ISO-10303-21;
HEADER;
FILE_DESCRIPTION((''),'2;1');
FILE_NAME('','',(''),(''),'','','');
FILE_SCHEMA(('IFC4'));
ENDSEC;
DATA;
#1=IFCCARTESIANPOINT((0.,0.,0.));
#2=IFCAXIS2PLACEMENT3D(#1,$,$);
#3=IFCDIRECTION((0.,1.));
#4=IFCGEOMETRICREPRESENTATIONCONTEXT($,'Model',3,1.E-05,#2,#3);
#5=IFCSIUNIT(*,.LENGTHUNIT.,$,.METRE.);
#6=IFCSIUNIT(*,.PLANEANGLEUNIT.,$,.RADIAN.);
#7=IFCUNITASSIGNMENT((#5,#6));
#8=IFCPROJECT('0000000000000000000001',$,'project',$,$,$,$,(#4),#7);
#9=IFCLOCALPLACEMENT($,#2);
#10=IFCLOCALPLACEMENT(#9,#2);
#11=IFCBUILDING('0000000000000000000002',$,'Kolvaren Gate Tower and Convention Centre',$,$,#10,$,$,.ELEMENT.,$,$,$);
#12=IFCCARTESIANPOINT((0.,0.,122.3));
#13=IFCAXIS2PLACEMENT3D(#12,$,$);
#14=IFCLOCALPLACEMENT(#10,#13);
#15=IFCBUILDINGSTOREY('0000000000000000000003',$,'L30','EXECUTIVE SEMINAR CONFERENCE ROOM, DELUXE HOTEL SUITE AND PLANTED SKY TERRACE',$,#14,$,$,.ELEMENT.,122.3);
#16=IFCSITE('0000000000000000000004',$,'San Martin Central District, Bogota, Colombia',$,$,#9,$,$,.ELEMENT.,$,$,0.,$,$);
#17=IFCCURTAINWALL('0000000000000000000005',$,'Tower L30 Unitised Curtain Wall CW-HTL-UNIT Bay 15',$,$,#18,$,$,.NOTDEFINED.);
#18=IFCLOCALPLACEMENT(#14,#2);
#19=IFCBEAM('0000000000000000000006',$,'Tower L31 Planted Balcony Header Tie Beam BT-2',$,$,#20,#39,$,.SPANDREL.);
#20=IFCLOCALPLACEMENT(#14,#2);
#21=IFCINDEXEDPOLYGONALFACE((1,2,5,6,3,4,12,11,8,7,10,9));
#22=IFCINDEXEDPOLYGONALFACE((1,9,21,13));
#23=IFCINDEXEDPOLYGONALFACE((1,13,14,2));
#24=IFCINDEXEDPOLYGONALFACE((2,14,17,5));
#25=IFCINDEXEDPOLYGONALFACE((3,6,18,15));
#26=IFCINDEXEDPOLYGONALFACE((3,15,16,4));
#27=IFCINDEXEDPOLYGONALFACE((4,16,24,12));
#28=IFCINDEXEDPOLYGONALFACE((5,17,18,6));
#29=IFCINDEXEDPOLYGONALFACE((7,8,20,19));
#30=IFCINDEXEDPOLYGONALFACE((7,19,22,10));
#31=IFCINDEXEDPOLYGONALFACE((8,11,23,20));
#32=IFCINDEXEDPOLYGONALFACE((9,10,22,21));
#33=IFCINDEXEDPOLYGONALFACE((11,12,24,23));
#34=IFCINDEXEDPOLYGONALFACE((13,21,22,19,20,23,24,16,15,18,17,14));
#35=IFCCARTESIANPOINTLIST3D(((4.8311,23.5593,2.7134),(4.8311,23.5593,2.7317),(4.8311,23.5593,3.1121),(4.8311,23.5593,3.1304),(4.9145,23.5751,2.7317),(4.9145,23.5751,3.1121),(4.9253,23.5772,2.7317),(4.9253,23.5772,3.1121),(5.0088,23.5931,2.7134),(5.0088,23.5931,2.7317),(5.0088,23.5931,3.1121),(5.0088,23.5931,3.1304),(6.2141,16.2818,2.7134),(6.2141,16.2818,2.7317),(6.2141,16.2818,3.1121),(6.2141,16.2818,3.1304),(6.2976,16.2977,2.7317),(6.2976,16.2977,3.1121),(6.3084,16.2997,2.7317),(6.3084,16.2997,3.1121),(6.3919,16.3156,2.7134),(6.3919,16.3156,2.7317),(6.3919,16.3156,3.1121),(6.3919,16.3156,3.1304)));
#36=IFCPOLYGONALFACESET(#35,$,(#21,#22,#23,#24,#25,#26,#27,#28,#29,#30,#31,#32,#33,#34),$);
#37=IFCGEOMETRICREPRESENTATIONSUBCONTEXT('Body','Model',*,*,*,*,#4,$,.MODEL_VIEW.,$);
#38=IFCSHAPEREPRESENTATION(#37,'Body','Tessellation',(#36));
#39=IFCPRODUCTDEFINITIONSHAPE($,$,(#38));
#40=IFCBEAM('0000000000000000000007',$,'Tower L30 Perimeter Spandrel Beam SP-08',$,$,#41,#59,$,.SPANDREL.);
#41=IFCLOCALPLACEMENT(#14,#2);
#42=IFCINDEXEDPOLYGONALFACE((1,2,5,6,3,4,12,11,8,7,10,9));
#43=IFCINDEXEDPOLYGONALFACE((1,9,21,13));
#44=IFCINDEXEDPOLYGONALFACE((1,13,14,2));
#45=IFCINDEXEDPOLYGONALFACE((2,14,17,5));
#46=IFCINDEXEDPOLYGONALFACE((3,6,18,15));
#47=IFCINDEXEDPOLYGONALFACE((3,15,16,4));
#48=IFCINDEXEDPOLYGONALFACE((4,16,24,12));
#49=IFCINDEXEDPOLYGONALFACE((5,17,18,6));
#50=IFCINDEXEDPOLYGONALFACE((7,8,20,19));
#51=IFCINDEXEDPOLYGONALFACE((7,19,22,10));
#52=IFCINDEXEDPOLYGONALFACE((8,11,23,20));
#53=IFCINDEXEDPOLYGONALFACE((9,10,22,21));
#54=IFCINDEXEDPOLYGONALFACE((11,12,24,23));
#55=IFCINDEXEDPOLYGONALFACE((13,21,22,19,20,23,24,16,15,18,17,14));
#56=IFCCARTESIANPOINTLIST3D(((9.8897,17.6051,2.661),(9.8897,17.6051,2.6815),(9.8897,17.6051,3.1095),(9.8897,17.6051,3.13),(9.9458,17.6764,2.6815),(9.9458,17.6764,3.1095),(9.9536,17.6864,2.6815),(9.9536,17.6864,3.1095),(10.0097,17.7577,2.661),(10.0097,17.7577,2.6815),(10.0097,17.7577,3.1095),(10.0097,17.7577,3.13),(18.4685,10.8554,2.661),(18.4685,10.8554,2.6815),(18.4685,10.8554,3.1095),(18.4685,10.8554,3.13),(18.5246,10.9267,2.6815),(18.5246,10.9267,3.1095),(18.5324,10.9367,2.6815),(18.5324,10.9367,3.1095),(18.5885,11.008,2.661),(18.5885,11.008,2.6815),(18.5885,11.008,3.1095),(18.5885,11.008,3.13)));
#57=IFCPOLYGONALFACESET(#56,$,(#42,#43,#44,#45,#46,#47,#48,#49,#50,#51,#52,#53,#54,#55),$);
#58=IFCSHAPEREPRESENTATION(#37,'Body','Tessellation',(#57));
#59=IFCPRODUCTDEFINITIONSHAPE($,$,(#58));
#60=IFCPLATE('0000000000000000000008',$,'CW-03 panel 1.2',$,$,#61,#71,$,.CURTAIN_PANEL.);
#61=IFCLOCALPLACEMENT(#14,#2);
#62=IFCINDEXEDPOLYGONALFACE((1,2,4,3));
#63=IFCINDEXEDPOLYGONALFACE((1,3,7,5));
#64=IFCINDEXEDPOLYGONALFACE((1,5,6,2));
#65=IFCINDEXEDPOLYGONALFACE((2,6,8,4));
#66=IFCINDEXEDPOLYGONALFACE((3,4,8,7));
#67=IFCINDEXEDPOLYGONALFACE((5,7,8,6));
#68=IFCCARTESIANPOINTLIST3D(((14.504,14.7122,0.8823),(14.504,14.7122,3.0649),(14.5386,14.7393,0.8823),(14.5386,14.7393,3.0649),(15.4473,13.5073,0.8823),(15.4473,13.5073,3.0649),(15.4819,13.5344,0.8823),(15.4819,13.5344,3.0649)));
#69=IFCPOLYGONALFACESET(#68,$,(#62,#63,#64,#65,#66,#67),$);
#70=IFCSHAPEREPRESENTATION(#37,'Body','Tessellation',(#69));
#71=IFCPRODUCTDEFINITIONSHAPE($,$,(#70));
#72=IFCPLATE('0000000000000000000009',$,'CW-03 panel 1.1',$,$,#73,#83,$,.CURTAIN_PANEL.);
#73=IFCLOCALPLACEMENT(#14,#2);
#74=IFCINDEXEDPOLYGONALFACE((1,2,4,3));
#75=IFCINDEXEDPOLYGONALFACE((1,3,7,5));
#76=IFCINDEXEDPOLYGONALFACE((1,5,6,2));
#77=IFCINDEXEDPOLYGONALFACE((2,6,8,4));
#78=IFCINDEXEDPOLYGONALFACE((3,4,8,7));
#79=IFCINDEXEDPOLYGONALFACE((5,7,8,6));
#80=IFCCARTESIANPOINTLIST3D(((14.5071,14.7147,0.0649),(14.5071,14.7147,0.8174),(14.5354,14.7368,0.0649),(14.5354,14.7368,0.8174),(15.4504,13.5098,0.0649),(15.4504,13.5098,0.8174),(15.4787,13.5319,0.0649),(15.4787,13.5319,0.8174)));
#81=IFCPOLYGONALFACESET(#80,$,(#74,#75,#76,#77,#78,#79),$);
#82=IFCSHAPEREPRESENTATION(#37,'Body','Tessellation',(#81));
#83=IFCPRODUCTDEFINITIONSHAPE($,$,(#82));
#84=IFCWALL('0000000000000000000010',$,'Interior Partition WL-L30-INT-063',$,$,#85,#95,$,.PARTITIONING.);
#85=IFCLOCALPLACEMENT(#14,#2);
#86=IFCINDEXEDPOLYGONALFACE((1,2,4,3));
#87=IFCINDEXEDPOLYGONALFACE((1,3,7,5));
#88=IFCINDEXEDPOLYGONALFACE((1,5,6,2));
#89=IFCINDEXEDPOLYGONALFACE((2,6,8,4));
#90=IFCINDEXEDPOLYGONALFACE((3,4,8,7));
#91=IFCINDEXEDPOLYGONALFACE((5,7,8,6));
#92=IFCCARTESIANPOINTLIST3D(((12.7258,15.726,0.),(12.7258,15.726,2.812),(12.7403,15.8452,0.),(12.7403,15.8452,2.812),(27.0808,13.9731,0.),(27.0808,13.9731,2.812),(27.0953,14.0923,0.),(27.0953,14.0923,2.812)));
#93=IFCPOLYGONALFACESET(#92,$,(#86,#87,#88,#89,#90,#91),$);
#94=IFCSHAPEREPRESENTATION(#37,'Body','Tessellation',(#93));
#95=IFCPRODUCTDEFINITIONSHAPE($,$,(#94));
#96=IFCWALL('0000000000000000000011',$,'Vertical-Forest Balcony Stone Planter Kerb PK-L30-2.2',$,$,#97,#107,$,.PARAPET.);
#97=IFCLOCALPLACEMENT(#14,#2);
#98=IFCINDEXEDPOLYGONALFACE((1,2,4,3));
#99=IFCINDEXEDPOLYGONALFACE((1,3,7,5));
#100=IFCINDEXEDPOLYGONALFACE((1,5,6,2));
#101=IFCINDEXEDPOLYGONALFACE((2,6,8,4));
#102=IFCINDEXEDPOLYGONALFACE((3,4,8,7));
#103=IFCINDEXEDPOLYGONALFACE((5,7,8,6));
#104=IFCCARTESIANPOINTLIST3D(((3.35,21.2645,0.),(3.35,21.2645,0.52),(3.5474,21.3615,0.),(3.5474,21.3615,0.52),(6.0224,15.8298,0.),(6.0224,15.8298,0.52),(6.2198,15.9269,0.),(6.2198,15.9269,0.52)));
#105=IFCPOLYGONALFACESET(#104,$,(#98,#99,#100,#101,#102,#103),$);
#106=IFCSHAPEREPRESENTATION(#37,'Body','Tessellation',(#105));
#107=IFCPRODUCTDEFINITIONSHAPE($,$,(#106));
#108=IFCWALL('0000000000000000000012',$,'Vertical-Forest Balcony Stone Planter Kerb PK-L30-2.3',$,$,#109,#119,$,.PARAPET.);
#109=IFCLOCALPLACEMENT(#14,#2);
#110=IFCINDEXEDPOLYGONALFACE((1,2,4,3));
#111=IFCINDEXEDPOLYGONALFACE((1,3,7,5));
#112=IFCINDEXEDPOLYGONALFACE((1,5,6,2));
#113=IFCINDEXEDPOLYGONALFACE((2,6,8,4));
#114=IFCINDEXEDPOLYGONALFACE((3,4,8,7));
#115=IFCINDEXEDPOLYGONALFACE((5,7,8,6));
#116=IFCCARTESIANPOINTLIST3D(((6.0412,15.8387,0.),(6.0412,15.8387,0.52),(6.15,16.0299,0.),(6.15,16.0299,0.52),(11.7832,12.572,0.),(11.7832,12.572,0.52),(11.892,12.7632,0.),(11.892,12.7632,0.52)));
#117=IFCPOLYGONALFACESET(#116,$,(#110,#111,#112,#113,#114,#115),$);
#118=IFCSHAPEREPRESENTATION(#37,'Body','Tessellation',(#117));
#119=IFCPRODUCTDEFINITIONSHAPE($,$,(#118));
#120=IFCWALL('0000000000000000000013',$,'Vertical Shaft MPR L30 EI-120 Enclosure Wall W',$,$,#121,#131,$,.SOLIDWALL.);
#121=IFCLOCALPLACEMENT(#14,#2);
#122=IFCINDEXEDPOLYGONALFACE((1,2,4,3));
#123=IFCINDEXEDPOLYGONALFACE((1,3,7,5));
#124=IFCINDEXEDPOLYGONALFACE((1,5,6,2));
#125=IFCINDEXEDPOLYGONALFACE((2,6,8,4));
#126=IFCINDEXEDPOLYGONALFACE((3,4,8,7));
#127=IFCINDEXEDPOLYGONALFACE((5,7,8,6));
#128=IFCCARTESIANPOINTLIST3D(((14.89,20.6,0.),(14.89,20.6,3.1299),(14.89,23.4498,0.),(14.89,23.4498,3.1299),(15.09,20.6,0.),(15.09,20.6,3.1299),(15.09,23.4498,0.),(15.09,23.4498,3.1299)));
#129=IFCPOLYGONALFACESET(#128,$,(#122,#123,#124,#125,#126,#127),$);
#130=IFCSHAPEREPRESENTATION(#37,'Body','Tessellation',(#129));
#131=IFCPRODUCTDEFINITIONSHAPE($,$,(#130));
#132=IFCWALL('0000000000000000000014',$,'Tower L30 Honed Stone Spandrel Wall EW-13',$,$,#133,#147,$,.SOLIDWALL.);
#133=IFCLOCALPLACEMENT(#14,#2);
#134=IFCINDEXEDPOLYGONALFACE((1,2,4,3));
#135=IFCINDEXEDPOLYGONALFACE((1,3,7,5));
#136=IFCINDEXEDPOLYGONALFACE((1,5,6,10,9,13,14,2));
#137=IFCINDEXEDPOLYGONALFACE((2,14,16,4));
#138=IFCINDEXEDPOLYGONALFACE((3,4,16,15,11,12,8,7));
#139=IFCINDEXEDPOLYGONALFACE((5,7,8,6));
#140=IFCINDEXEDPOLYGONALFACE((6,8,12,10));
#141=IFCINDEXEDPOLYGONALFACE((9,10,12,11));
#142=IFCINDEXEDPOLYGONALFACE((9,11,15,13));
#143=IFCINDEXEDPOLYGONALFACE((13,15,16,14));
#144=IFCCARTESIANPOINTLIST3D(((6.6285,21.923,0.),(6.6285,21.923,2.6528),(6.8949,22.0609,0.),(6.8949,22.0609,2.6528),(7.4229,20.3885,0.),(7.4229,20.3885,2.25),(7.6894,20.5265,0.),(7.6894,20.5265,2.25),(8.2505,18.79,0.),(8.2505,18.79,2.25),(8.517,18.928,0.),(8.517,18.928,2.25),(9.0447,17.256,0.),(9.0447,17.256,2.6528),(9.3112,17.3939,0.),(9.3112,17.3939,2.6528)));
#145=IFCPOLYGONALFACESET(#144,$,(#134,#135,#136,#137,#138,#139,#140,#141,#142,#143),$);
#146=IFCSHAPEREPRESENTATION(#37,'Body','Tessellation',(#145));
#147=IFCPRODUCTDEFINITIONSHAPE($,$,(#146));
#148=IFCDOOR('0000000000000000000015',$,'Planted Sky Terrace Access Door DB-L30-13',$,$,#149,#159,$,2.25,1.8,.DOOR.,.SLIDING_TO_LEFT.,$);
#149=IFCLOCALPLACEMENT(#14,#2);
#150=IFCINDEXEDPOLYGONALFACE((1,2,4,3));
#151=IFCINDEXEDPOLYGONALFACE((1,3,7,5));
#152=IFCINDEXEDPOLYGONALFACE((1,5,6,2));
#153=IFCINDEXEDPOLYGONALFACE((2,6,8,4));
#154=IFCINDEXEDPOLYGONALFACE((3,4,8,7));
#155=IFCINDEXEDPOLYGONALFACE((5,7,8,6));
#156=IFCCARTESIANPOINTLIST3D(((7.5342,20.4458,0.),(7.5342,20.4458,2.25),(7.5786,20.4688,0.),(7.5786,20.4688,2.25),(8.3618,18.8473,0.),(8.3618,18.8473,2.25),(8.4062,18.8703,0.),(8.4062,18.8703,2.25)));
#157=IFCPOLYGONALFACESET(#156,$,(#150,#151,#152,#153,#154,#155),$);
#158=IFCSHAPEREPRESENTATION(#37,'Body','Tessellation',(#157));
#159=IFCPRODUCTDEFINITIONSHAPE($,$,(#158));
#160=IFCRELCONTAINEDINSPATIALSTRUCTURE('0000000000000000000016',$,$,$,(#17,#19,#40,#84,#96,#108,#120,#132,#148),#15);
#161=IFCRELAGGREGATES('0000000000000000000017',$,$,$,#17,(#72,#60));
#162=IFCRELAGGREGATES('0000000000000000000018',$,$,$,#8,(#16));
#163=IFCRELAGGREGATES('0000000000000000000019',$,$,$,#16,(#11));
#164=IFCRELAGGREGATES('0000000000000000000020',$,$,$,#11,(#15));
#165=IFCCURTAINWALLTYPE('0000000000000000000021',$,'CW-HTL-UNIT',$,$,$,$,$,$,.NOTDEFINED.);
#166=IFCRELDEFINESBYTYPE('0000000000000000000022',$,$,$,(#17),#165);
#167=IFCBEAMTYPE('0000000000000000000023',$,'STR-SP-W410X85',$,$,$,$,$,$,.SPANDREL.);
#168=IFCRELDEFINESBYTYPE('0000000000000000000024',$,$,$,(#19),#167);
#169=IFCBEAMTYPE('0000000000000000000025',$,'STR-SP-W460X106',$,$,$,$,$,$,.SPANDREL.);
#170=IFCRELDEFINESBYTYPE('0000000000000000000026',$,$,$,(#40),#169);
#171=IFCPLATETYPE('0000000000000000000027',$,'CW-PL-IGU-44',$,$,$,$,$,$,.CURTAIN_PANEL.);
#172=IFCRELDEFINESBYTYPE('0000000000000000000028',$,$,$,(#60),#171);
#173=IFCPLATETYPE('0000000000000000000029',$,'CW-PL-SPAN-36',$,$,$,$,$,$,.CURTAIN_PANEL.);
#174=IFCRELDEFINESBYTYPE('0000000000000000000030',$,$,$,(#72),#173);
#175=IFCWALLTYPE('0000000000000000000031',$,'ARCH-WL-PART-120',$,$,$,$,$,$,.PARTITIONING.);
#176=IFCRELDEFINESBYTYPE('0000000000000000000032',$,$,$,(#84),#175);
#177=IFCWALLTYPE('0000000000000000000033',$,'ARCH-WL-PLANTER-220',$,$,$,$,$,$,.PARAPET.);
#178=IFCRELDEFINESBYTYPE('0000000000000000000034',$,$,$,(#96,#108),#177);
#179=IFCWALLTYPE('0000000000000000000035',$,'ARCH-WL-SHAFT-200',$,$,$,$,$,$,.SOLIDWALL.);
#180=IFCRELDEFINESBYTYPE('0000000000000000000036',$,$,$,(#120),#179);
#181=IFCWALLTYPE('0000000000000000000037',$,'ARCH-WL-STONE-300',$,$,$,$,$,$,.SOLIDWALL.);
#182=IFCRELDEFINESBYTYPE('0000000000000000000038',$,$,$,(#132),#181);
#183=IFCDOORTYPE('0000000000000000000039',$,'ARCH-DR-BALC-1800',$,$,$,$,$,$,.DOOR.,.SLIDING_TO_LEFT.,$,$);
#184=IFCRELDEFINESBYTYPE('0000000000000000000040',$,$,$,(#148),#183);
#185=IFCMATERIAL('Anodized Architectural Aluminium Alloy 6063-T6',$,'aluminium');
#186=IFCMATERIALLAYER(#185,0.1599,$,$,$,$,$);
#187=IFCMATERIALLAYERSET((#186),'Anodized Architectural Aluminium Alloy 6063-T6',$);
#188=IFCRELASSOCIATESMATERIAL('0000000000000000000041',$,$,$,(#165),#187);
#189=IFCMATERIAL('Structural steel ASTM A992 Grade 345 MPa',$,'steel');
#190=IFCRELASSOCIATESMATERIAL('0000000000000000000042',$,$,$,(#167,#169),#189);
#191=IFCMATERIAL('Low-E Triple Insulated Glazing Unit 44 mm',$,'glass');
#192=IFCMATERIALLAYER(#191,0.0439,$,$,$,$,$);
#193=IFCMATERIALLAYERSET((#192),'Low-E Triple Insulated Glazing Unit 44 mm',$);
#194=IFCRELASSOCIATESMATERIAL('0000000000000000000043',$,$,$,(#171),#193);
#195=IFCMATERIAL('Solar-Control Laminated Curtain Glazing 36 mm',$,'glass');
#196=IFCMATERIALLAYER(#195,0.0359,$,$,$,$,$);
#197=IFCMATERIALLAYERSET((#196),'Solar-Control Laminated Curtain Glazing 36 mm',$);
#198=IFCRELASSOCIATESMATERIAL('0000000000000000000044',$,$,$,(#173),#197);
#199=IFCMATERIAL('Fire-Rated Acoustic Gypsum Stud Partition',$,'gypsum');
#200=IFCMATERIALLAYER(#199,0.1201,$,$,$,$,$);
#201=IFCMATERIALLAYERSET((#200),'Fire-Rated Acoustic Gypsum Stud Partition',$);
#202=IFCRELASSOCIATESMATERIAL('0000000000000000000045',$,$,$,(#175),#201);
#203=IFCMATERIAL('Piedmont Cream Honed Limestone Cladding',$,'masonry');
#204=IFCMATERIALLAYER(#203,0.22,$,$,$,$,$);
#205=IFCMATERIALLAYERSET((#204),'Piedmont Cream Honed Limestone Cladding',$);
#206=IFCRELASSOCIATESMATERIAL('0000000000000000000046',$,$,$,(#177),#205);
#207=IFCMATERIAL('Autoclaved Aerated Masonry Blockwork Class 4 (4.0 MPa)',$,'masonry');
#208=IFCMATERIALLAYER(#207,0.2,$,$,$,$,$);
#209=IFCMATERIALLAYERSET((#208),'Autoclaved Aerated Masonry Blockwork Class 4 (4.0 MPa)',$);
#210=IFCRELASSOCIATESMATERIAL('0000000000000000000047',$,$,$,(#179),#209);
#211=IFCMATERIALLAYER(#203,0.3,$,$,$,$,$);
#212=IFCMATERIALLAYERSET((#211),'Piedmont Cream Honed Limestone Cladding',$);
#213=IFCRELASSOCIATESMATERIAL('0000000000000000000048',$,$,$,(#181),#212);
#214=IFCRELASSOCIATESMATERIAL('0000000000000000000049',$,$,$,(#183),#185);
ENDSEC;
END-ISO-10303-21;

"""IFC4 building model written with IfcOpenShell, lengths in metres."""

from ifc_helpers import new_model, si_unit, direction, frame, frame_2d, origin, origin_2d, place, context, subcontext, project, spatial, rectangle, i_section, extrude, material, layer, layer_set, material_profile, profile_set, type_object, element, fill, aggregate, save


model = new_model("IFC4")

# Units and contexts
model_context = context("Model", 3, precision=1e-05, world=origin(), true_north=direction((0.0, 1.0)))
body_context = subcontext(model_context, "Body", "Model", "MODEL_VIEW")
ifc_project = project(units=[si_unit("LENGTHUNIT", "METRE"), si_unit("PLANEANGLEUNIT", "RADIAN")], contexts=[model_context])

# Site, building, storey
site_placement = place(None, origin())
site = spatial("IfcSite", under=ifc_project, at=site_placement, Name="San Martin Central District, Bogota, Colombia", CompositionType="ELEMENT", RefElevation=0.0)
building_placement = place(site_placement, origin())
building = spatial("IfcBuilding", under=site, at=building_placement, Name="Kolvaren Gate Tower and Convention Centre", CompositionType="ELEMENT")
storey_placement = place(building_placement, frame((0.0, 0.0, 122.3)))
storey = spatial("IfcBuildingStorey", under=building, at=storey_placement, Name="L30", Description="EXECUTIVE SEMINAR CONFERENCE ROOM, DELUXE HOTEL SUITE AND PLANTED SKY TERRACE", CompositionType="ELEMENT", Elevation=122.3)

# Curtain wall
ifc_material_1 = material(Name="Anodized Architectural Aluminium Alloy 6063-T6", Category="aluminium")
ifc_layer_1 = layer(ifc_material_1, 0.1599)
ifc_layer_set_1 = layer_set([ifc_layer_1], Name="Anodized Architectural Aluminium Alloy 6063-T6")
curtain_wall_type = type_object("IfcCurtainWallType", Name="CW-HTL-UNIT", PredefinedType="NOTDEFINED", material=ifc_layer_set_1)
curtain_wall_placement = place(storey_placement, origin())
curtain_wall = element("IfcCurtainWall", 1, at=curtain_wall_placement, inside=storey, type_object=curtain_wall_type, Name="Tower L30 Unitised Curtain Wall CW-HTL-UNIT Bay 15", PredefinedType="NOTDEFINED")

# Beams
ifc_material_2 = material(Name="Structural steel ASTM A992 Grade 345 MPa", Category="steel")
ifc_material_profile_1 = material_profile(ifc_material_2, i_section(OverallWidth=0.1809, OverallDepth=0.417, WebThickness=0.011, FlangeThickness=0.0183, at=origin_2d()), Name="W410X85")
ifc_profile_set_1 = profile_set([ifc_material_profile_1], Name="Structural steel ASTM A992 Grade 345 MPa")
beam_type_1 = type_object("IfcBeamType", Name="STR-SP-W410X85", PredefinedType="SPANDREL", material=ifc_profile_set_1)
beam_1_placement = place(storey_placement, frame((4.9199, 23.5762, 2.9219), z_axis=(0.186708, -0.982416, 0.0), x_axis=(0.982416, 0.186708, 0.0)))
element("IfcBeam", 2, at=beam_1_placement, inside=storey, type_object=beam_type_1, Name="Tower L31 Planted Balcony Header Tie Beam BT-2", PredefinedType="SPANDREL", context=body_context, shape_type="SweptSolid", body=[
    extrude(i_section(OverallWidth=0.1809, OverallDepth=0.417, WebThickness=0.011, FlangeThickness=0.0183, at=origin_2d()), origin(), (0.0, 0.0, 1.0), 7.4077),
])
ifc_material_profile_2 = material_profile(ifc_material_2, i_section(OverallWidth=0.1941, OverallDepth=0.469, WebThickness=0.0127, FlangeThickness=0.0205, at=origin_2d()), Name="W460X106")
ifc_profile_set_2 = profile_set([ifc_material_profile_2], Name="Structural steel ASTM A992 Grade 345 MPa")
beam_type_2 = type_object("IfcBeamType", Name="STR-SP-W460X106", PredefinedType="SPANDREL", material=ifc_profile_set_2)
beam_2_placement = place(storey_placement, frame((9.9497, 17.6814, 2.8955), z_axis=(0.785908, -0.618344, 0.0), x_axis=(0.618344, 0.785908, 0.0)))
element("IfcBeam", 3, at=beam_2_placement, inside=storey, type_object=beam_type_2, Name="Tower L30 Perimeter Spandrel Beam SP-08", PredefinedType="SPANDREL", context=body_context, shape_type="SweptSolid", body=[
    extrude(i_section(OverallWidth=0.1941, OverallDepth=0.469, WebThickness=0.0127, FlangeThickness=0.0205, at=origin_2d()), origin(), (0.0, 0.0, 1.0), 10.9158),
])

# Plates
ifc_material_3 = material(Name="Low-E Triple Insulated Glazing Unit 44 mm", Category="glass")
ifc_layer_2 = layer(ifc_material_3, 0.0439)
ifc_layer_set_2 = layer_set([ifc_layer_2], Name="Low-E Triple Insulated Glazing Unit 44 mm")
plate_type_1 = type_object("IfcPlateType", Name="CW-PL-IGU-44", PredefinedType="CURTAIN_PANEL", material=ifc_layer_set_2)
plate_1_placement = place(storey_placement, frame((14.9929, 14.1233, 0.8823), z_axis=(0.0, 0.0, 1.0), x_axis=(0.616429, -0.787411, 0.0)))
plate_1 = element("IfcPlate", 4, at=plate_1_placement, type_object=plate_type_1, Name="CW-03 panel 1.2", PredefinedType="CURTAIN_PANEL", context=body_context, shape_type="SweptSolid", body=[
    extrude(rectangle(XDim=1.5303, YDim=0.0439, at=origin_2d()), origin(), (0.0, 0.0, 1.0), 2.1826),
])
ifc_material_4 = material(Name="Solar-Control Laminated Curtain Glazing 36 mm", Category="glass")
ifc_layer_3 = layer(ifc_material_4, 0.0359)
ifc_layer_set_3 = layer_set([ifc_layer_3], Name="Solar-Control Laminated Curtain Glazing 36 mm")
plate_type_2 = type_object("IfcPlateType", Name="CW-PL-SPAN-36", PredefinedType="CURTAIN_PANEL", material=ifc_layer_set_3)
plate_2_placement = place(storey_placement, frame((14.9929, 14.1233, 0.0649), z_axis=(0.0, 0.0, 1.0), x_axis=(0.616429, -0.787411, 0.0)))
plate_2 = element("IfcPlate", 5, at=plate_2_placement, type_object=plate_type_2, Name="CW-03 panel 1.1", PredefinedType="CURTAIN_PANEL", context=body_context, shape_type="SweptSolid", body=[
    extrude(rectangle(XDim=1.5303, YDim=0.0359, at=origin_2d()), origin(), (0.0, 0.0, 1.0), 0.7524),
])
aggregate(curtain_wall, [plate_2, plate_1])

# Walls
ifc_material_5 = material(Name="Fire-Rated Acoustic Gypsum Stud Partition", Category="gypsum")
ifc_layer_4 = layer(ifc_material_5, 0.1201)
ifc_layer_set_4 = layer_set([ifc_layer_4], Name="Fire-Rated Acoustic Gypsum Stud Partition")
wall_type_1 = type_object("IfcWallType", Name="ARCH-WL-PART-120", PredefinedType="PARTITIONING", material=ifc_layer_set_4)
wall_1_placement = place(storey_placement, frame((12.7329, 15.7856, 0.0), z_axis=(0.0, 0.0, 1.0), x_axis=(0.992627, -0.121213, 0.0)))
element("IfcWall", 6, at=wall_1_placement, inside=storey, type_object=wall_type_1, Name="Interior Partition WL-L30-INT-063", PredefinedType="PARTITIONING", context=body_context, shape_type="SweptSolid", body=[
    extrude(rectangle(XDim=14.4617, YDim=0.1201, at=frame_2d((7.231, 0.0))), origin(), (0.0, 0.0, 1.0), 2.812),
])
ifc_material_6 = material(Name="Piedmont Cream Honed Limestone Cladding", Category="masonry")
ifc_layer_5 = layer(ifc_material_6, 0.22)
ifc_layer_set_5 = layer_set([ifc_layer_5], Name="Piedmont Cream Honed Limestone Cladding")
wall_type_2 = type_object("IfcWallType", Name="ARCH-WL-PLANTER-220", PredefinedType="PARAPET", material=ifc_layer_set_5)
wall_2_placement = place(storey_placement, frame((3.4487, 21.313, 0.0), z_axis=(0.0, 0.0, 1.0), x_axis=(0.44127, -0.897375, 0.0)))
element("IfcWall", 7, at=wall_2_placement, inside=storey, type_object=wall_type_2, Name="Vertical-Forest Balcony Stone Planter Kerb PK-L30-2.2", PredefinedType="PARAPET", context=body_context, shape_type="SweptSolid", body=[
    extrude(rectangle(XDim=6.0562, YDim=0.22, at=frame_2d((3.0281, 0.0))), origin(), (0.0, 0.0, 1.0), 0.52),
])
wall_3_placement = place(storey_placement, frame((6.0955, 15.9343, 0.0), z_axis=(0.0, 0.0, 1.0), x_axis=(0.869188, -0.494482, 0.0)))
element("IfcWall", 8, at=wall_3_placement, inside=storey, type_object=wall_type_2, Name="Vertical-Forest Balcony Stone Planter Kerb PK-L30-2.3", PredefinedType="PARAPET", context=body_context, shape_type="SweptSolid", body=[
    extrude(rectangle(XDim=6.6062, YDim=0.22, at=frame_2d((3.3032, 0.0))), origin(), (0.0, 0.0, 1.0), 0.52),
])
ifc_material_7 = material(Name="Autoclaved Aerated Masonry Blockwork Class 4 (4.0 MPa)", Category="masonry")
ifc_layer_6 = layer(ifc_material_7, 0.2)
ifc_layer_set_6 = layer_set([ifc_layer_6], Name="Autoclaved Aerated Masonry Blockwork Class 4 (4.0 MPa)")
wall_type_3 = type_object("IfcWallType", Name="ARCH-WL-SHAFT-200", PredefinedType="SOLIDWALL", material=ifc_layer_set_6)
wall_4_placement = place(storey_placement, frame((14.99, 20.6001, 0.0), z_axis=(0.0, 0.0, 1.0), x_axis=(0.0, 1.0, 0.0)))
element("IfcWall", 9, at=wall_4_placement, inside=storey, type_object=wall_type_3, Name="Vertical Shaft MPR L30 EI-120 Enclosure Wall W", PredefinedType="SOLIDWALL", context=body_context, shape_type="SweptSolid", body=[
    extrude(rectangle(XDim=2.8499, YDim=0.2, at=frame_2d((1.4248, 0.0))), origin(), (0.0, 0.0, 1.0), 3.1299),
])

# Wall, opening, door
ifc_layer_7 = layer(ifc_material_6, 0.3)
ifc_layer_set_7 = layer_set([ifc_layer_7], Name="Piedmont Cream Honed Limestone Cladding")
wall_type_4 = type_object("IfcWallType", Name="ARCH-WL-STONE-300", PredefinedType="SOLIDWALL", material=ifc_layer_set_7)
wall_5_placement = place(storey_placement, frame((6.7617, 21.9919, 0.0), z_axis=(0.0, 0.0, 1.0), x_axis=(0.459768, -0.888039, 0.0)))
wall_5 = element("IfcWall", 10, at=wall_5_placement, inside=storey, type_object=wall_type_4, Name="Tower L30 Honed Stone Spandrel Wall EW-13", PredefinedType="SOLIDWALL", context=body_context, shape_type="SweptSolid", body=[
    extrude(rectangle(XDim=5.2554, YDim=0.3, at=frame_2d((2.6277, 0.0))), origin(), (0.0, 0.0, 1.0), 2.6528),
])
opening_1_placement = place(wall_5_placement, frame((1.728, 0.0, 0.0)))
opening_1 = element("IfcOpeningElement", 11, at=opening_1_placement, cuts=wall_5, PredefinedType="OPENING", context=body_context, shape_type="SweptSolid", body=[
    extrude(rectangle(XDim=1.8, YDim=2.25, at=frame_2d((0.8999, 1.125))), frame((0.0, 0.1599, 0.0), z_axis=(0.0, -1.0, 0.0), x_axis=(1.0, 0.0, 0.0)), (0.0, 0.0, 1.0), 0.3201),
])
door_type = type_object("IfcDoorType", Name="ARCH-DR-BALC-1800", OperationType="SLIDING_TO_LEFT", PredefinedType="DOOR", material=ifc_material_1)
door_placement = place(opening_1_placement, frame((1.8, 0.0, 0.0), z_axis=(0.0, 0.0, 1.0), x_axis=(-1.0, 0.0, 0.0)))
door = element("IfcDoor", 12, at=door_placement, inside=storey, type_object=door_type, Name="Planted Sky Terrace Access Door DB-L30-13", OperationType="SLIDING_TO_LEFT", OverallHeight=2.25, OverallWidth=1.8, PredefinedType="DOOR", context=body_context, shape_type="SweptSolid", body=[
    extrude(rectangle(XDim=1.8, YDim=2.25, at=frame_2d((0.8999, 1.125))), frame((0.0, 0.0249, 0.0), z_axis=(0.0, -1.0, 0.0), x_axis=(1.0, 0.0, 0.0)), (0.0, 0.0, 1.0), 0.05),
])
fill(opening_1, door)

save(model, "model.ifc")
